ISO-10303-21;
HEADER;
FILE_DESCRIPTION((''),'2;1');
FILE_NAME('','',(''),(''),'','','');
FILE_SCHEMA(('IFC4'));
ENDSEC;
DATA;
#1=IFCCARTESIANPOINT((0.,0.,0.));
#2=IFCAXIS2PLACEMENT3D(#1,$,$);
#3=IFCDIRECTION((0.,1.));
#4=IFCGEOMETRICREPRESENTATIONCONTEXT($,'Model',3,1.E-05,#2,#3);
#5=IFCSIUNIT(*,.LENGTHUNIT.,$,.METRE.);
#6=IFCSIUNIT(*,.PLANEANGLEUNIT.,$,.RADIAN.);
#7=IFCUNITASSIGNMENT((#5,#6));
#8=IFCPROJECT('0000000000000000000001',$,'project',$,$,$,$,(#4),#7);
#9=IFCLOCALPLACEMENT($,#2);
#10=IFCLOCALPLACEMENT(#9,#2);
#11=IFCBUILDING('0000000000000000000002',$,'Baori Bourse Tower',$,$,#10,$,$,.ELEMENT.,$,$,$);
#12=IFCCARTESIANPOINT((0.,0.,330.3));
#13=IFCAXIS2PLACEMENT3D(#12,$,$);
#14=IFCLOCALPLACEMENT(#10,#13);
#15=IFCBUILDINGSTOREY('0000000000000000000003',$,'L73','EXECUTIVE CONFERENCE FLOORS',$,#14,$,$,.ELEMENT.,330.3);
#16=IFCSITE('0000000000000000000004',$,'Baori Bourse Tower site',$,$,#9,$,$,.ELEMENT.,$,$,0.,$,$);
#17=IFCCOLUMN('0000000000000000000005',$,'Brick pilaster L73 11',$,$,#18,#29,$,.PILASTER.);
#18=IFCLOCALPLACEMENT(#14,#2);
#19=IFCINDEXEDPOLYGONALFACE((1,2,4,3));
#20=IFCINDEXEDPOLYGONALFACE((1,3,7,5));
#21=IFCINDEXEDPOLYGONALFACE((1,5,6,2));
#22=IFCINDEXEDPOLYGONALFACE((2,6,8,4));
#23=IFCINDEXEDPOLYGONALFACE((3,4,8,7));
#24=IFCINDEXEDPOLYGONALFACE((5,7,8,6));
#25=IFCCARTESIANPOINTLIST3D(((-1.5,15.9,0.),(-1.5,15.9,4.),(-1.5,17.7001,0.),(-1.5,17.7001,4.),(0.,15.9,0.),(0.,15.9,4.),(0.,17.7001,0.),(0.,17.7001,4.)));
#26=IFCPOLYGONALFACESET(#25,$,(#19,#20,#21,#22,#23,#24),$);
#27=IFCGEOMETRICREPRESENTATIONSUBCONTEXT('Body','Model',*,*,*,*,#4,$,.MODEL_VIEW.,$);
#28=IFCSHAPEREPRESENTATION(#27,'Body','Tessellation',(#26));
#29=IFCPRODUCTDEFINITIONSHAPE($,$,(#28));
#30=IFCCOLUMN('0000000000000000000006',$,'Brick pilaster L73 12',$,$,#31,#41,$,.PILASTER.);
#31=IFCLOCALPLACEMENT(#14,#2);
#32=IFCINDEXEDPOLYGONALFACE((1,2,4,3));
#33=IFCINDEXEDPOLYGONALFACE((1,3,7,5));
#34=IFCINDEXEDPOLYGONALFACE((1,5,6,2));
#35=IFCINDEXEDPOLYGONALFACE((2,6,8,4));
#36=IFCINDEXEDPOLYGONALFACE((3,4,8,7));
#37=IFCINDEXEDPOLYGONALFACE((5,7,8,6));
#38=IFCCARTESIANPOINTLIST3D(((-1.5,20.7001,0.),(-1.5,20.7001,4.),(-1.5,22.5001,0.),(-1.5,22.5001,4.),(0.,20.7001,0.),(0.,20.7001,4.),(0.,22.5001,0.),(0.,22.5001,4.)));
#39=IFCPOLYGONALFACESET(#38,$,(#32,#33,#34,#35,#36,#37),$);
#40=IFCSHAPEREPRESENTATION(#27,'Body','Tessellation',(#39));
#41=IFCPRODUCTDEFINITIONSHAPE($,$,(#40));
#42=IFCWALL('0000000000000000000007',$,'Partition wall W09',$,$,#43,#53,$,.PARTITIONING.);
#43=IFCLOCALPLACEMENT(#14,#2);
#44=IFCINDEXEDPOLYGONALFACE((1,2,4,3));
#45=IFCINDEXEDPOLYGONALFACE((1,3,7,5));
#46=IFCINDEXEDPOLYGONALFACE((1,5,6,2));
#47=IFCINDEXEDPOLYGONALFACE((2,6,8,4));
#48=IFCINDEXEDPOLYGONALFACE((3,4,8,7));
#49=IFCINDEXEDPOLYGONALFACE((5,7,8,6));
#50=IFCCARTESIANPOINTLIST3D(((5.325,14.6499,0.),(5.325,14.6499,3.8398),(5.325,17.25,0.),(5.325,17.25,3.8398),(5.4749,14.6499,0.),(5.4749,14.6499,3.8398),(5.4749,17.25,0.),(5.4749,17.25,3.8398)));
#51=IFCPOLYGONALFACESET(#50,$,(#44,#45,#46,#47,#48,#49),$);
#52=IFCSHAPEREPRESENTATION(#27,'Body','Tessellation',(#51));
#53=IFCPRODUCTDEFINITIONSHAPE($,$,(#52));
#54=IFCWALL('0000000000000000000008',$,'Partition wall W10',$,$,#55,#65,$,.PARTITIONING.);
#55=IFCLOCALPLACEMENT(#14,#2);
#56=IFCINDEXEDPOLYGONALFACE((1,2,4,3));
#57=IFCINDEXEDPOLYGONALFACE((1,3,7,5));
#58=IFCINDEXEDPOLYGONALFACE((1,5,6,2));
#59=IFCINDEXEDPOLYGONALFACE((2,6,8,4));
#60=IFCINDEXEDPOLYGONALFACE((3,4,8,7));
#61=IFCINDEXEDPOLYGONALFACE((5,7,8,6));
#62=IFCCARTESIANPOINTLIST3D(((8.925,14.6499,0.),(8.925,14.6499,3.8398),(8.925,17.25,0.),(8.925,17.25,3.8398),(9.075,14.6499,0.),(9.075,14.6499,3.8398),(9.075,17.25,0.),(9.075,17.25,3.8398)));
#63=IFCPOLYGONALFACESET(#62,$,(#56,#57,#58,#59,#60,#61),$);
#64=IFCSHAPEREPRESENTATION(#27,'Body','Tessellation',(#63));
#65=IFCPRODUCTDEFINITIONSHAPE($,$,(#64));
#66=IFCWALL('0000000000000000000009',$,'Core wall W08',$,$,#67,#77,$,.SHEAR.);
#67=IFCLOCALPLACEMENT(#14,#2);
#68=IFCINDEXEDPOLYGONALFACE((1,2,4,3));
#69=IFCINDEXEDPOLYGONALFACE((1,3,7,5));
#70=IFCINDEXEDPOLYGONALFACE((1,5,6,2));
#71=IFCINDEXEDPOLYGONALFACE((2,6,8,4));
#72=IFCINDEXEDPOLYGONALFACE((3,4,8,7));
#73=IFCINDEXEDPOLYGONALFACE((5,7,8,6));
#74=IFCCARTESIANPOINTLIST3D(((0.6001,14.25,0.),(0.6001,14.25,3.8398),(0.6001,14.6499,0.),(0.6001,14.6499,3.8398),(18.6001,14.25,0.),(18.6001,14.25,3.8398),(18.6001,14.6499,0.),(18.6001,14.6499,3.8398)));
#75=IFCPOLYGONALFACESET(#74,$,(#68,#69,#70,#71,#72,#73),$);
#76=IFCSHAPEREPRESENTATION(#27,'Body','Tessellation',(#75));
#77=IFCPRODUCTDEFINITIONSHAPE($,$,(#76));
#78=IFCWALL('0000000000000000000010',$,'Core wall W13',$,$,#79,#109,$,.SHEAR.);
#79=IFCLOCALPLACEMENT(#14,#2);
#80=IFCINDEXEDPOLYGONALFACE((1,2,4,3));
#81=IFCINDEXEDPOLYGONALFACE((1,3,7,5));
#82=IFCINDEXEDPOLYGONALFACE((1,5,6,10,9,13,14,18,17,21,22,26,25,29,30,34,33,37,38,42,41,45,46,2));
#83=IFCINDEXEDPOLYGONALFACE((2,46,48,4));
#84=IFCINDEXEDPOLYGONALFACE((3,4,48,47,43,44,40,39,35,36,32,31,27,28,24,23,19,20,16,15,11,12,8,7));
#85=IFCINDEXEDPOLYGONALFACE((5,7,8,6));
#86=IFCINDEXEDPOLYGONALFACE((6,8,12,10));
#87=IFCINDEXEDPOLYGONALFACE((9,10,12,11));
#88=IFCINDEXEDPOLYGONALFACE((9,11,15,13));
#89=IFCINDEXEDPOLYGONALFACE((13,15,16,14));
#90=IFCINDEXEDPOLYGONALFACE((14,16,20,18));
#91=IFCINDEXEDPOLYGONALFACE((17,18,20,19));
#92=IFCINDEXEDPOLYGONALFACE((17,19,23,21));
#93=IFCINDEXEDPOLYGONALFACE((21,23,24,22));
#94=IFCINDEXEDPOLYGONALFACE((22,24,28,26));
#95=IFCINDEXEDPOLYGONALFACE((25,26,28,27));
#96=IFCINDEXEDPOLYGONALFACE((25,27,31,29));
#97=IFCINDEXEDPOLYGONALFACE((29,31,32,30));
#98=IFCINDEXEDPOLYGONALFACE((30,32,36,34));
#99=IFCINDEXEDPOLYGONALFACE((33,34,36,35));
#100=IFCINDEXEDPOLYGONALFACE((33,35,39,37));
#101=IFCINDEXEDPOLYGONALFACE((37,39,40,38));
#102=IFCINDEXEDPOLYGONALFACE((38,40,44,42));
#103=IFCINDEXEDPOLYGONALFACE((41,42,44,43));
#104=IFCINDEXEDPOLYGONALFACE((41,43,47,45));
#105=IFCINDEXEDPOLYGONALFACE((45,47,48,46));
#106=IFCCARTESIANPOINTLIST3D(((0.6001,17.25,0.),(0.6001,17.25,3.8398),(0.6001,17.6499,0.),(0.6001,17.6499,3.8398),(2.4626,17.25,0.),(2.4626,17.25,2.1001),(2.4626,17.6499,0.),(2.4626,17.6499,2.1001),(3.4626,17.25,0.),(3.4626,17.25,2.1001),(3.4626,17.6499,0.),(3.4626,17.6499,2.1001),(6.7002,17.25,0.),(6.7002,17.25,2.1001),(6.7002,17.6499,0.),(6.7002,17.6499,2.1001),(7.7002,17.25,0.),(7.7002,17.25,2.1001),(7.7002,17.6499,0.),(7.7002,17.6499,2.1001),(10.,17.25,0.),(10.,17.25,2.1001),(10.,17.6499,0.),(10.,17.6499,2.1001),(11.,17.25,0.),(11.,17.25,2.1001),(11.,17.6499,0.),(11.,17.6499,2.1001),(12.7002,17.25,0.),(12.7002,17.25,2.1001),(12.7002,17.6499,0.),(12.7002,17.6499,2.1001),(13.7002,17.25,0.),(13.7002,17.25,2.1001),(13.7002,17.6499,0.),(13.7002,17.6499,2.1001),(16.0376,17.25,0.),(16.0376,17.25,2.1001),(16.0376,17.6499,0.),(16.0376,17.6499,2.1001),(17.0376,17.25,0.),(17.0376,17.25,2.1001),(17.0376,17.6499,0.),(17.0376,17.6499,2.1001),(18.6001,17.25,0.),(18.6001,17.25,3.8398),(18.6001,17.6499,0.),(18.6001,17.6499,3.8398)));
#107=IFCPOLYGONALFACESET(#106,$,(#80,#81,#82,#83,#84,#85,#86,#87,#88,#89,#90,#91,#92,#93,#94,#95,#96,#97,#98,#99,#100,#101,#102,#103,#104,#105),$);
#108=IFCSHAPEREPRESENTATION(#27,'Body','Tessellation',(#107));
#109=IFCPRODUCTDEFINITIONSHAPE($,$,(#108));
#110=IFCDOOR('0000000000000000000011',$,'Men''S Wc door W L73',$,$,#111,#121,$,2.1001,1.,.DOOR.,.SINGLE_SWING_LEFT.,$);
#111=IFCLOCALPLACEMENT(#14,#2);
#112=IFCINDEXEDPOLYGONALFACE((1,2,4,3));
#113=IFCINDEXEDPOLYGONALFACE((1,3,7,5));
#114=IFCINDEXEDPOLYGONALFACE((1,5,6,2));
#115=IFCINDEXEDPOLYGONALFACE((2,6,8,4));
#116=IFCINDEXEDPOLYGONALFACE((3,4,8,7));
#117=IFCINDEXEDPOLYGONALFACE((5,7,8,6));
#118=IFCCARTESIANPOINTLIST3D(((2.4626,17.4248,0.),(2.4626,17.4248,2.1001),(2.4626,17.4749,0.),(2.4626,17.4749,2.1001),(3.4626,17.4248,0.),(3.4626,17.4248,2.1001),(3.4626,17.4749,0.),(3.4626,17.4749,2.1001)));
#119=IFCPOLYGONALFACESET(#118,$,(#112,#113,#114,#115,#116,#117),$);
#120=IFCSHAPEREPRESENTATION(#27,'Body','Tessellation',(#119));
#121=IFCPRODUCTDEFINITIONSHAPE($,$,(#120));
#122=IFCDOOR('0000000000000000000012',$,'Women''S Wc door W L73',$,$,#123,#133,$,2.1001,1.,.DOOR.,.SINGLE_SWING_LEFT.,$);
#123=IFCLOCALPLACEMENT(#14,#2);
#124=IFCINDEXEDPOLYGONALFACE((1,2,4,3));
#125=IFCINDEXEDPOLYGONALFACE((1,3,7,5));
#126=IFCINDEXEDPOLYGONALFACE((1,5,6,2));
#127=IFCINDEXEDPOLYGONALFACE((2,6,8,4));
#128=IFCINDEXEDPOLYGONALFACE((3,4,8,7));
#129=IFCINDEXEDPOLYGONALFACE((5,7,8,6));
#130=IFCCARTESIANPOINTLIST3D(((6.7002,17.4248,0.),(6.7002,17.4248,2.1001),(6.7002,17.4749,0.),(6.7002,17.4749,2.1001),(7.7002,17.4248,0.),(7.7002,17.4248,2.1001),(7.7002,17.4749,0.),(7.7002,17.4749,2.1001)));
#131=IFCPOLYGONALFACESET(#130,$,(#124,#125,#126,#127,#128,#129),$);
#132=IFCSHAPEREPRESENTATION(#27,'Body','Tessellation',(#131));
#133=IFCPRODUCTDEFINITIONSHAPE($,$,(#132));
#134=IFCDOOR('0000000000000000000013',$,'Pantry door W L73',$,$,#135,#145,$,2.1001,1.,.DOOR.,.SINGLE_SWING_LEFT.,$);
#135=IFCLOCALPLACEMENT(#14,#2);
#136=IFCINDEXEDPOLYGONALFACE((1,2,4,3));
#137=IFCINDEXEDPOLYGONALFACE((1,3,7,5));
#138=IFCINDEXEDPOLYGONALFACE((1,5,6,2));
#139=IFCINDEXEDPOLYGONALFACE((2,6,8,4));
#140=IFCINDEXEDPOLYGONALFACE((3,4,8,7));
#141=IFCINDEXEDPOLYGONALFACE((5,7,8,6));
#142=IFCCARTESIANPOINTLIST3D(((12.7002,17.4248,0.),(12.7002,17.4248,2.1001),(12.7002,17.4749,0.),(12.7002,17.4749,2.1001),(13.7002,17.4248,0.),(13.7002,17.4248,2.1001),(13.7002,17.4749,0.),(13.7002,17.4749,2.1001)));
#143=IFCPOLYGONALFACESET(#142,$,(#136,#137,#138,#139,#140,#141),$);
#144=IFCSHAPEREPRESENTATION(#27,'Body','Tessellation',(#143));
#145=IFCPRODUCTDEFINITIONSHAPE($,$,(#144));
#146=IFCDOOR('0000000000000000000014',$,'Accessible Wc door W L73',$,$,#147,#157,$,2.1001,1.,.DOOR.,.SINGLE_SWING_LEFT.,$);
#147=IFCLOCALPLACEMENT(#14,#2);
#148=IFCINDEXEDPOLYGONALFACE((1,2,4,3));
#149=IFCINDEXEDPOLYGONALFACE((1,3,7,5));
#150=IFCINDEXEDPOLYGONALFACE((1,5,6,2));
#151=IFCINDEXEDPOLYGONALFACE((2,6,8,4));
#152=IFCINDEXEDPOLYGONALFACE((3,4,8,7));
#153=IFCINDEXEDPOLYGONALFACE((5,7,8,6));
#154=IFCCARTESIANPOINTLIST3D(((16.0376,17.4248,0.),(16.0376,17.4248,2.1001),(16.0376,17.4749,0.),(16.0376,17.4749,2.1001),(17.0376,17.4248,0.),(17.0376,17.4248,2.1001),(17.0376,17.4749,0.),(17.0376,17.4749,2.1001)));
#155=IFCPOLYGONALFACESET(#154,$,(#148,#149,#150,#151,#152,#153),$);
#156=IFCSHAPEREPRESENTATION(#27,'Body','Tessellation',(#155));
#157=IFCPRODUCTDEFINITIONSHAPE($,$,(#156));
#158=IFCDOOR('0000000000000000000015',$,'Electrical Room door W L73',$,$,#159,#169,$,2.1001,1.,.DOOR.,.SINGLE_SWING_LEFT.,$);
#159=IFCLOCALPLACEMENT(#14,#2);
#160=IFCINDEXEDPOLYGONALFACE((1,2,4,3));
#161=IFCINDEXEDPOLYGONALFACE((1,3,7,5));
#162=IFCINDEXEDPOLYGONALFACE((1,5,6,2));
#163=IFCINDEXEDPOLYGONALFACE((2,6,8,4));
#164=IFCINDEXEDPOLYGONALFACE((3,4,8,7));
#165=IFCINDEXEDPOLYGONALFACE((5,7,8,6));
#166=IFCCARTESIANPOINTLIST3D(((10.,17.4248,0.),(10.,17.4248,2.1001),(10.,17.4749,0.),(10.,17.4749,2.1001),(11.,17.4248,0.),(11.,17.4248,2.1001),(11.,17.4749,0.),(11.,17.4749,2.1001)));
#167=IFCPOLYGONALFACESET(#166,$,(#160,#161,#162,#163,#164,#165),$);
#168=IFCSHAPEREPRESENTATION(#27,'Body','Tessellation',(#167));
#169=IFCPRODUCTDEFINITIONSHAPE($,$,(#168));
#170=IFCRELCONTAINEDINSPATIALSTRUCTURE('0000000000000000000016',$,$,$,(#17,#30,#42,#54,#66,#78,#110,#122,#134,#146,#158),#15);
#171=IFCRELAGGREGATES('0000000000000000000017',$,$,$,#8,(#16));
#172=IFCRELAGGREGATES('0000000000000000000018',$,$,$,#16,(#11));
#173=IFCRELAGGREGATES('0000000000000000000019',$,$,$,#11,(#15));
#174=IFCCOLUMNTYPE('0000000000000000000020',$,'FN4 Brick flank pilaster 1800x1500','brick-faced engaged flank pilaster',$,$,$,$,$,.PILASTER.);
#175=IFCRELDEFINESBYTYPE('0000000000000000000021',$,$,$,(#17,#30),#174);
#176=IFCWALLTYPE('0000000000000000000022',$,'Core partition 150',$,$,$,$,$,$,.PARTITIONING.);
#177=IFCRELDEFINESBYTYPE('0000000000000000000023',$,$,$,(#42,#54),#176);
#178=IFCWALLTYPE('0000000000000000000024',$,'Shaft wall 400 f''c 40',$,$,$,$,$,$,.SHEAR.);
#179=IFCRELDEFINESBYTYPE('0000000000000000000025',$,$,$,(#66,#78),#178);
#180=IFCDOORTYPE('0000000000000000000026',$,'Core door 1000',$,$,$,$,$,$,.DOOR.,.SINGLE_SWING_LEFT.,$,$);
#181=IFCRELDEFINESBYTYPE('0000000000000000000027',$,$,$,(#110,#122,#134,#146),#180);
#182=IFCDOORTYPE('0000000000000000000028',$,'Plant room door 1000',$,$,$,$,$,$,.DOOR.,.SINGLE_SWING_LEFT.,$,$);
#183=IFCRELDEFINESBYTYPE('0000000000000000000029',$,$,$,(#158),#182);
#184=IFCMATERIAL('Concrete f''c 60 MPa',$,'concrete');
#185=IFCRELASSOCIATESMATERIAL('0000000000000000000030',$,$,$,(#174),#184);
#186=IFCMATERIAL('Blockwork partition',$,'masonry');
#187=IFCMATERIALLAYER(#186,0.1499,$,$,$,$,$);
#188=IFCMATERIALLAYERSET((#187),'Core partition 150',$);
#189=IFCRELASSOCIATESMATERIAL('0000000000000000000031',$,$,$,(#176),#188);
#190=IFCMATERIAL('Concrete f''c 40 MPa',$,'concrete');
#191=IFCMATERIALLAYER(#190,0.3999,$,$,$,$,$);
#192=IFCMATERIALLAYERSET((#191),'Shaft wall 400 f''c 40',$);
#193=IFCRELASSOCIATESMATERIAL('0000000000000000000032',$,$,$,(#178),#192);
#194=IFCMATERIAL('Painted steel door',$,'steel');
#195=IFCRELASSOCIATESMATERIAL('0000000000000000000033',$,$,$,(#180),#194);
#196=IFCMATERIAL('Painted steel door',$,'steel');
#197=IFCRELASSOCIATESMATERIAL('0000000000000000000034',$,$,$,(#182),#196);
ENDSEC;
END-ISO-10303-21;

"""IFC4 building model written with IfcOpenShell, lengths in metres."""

from ifc_helpers import new_model, si_unit, direction, frame, frame_2d, origin, origin_2d, place, context, subcontext, project, spatial, rectangle, extrude, material, layer, layer_set, material_profile, profile_set, type_object, element, fill, save


model = new_model("IFC4")

# Units and contexts
model_context = context("Model", 3, precision=1e-05, world=origin(), true_north=direction((0.0, 1.0)))
body_context = subcontext(model_context, "Body", "Model", "MODEL_VIEW")
ifc_project = project(units=[si_unit("LENGTHUNIT", "METRE"), si_unit("PLANEANGLEUNIT", "RADIAN")], contexts=[model_context])

# Site, building, storey
site_placement = place(None, origin())
site = spatial("IfcSite", under=ifc_project, at=site_placement, Name="Baori Bourse Tower site", CompositionType="ELEMENT", RefElevation=0.0)
building_placement = place(site_placement, origin())
building = spatial("IfcBuilding", under=site, at=building_placement, Name="Baori Bourse Tower", CompositionType="ELEMENT")
storey_placement = place(building_placement, frame((0.0, 0.0, 330.3)))
storey = spatial("IfcBuildingStorey", under=building, at=storey_placement, Name="L73", Description="EXECUTIVE CONFERENCE FLOORS", CompositionType="ELEMENT", Elevation=330.3)

# Columns
ifc_material_1 = material(Name="Concrete f'c 60 MPa", Category="concrete")
ifc_material_profile = material_profile(ifc_material_1, rectangle(XDim=1.8, YDim=1.5, at=origin_2d()), Name="RC 1800x1500")
ifc_profile_set = profile_set([ifc_material_profile], Name="Concrete f'c 60 MPa")
column_type = type_object("IfcColumnType", Name="FN4 Brick flank pilaster 1800x1500", Description="brick-faced engaged flank pilaster", PredefinedType="PILASTER", material=ifc_profile_set)
for number, where, z_axis, x_axis, name in (
    (1, (-0.75, 16.8, 0.0), (0.0, 0.0, 1.0), (0.0, 1.0, 0.0), "Brick pilaster L73 11"),
    (2, (-0.75, 21.6001, 0.0), (0.0, 0.0, 1.0), (0.0, 1.0, 0.0), "Brick pilaster L73 12"),
):
    element("IfcColumn", number, at=place(storey_placement, frame(where, z_axis=z_axis, x_axis=x_axis)), inside=storey, type_object=column_type, Name=name, PredefinedType="PILASTER", context=body_context, shape_type="SweptSolid", body=[
        extrude(rectangle(XDim=1.8, YDim=1.5, at=origin_2d()), origin(), (0.0, 0.0, 1.0), 4.0),
    ])

# Walls
ifc_material_2 = material(Name="Blockwork partition", Category="masonry")
ifc_layer_1 = layer(ifc_material_2, 0.1499)
ifc_layer_set_1 = layer_set([ifc_layer_1], Name="Core partition 150")
wall_type_1 = type_object("IfcWallType", Name="Core partition 150", PredefinedType="PARTITIONING", material=ifc_layer_set_1)
for number, where, z_axis, x_axis, name in (
    (3, (5.3999, 14.6499, 0.0), (0.0, 0.0, 1.0), (0.0, 1.0, 0.0), "Partition wall W09"),
    (4, (9.0, 14.6499, 0.0), (0.0, 0.0, 1.0), (0.0, 1.0, 0.0), "Partition wall W10"),
):
    element("IfcWall", number, at=place(storey_placement, frame(where, z_axis=z_axis, x_axis=x_axis)), inside=storey, type_object=wall_type_1, Name=name, PredefinedType="PARTITIONING", context=body_context, shape_type="SweptSolid", body=[
        extrude(rectangle(XDim=2.6001, YDim=0.1499, at=frame_2d((1.3, 0.0))), origin(), (0.0, 0.0, 1.0), 3.8398),
    ])
ifc_material_3 = material(Name="Concrete f'c 40 MPa", Category="concrete")
ifc_layer_2 = layer(ifc_material_3, 0.3999)
ifc_layer_set_2 = layer_set([ifc_layer_2], Name="Shaft wall 400 f'c 40")
wall_type_2 = type_object("IfcWallType", Name="Shaft wall 400 f'c 40", PredefinedType="SHEAR", material=ifc_layer_set_2)
wall_1_placement = place(storey_placement, frame((0.6001, 14.45, 0.0), z_axis=(0.0, 0.0, 1.0), x_axis=(1.0, 0.0, 0.0)))
element("IfcWall", 5, at=wall_1_placement, inside=storey, type_object=wall_type_2, Name="Core wall W08", PredefinedType="SHEAR", context=body_context, shape_type="SweptSolid", body=[
    extrude(rectangle(XDim=18.0, YDim=0.3999, at=frame_2d((9.0, 0.0))), origin(), (0.0, 0.0, 1.0), 3.8398),
])

# Wall, openings, doors
wall_2_placement = place(storey_placement, frame((0.6001, 17.45, 0.0), z_axis=(0.0, 0.0, 1.0), x_axis=(1.0, 0.0, 0.0)))
wall_2 = element("IfcWall", 6, at=wall_2_placement, inside=storey, type_object=wall_type_2, Name="Core wall W13", PredefinedType="SHEAR", context=body_context, shape_type="SweptSolid", body=[
    extrude(rectangle(XDim=18.0, YDim=0.3999, at=frame_2d((9.0, 0.0))), origin(), (0.0, 0.0, 1.0), 3.8398),
])
opening_1_placement = place(wall_2_placement, frame((1.8625, 0.0, 0.0)))
opening_1 = element("IfcOpeningElement", 7, at=opening_1_placement, cuts=wall_2, PredefinedType="OPENING", context=body_context, shape_type="SweptSolid", body=[
    extrude(rectangle(XDim=1.0, YDim=2.1001, at=frame_2d((0.5, 1.05))), frame((0.0, 0.21, 0.0), z_axis=(0.0, -1.0, 0.0), x_axis=(1.0, 0.0, 0.0)), (0.0, 0.0, 1.0), 0.4199),
])
opening_2_placement = place(wall_2_placement, frame((6.1001, 0.0, 0.0)))
opening_2 = element("IfcOpeningElement", 8, at=opening_2_placement, cuts=wall_2, PredefinedType="OPENING", context=body_context, shape_type="SweptSolid", body=[
    extrude(rectangle(XDim=1.0, YDim=2.1001, at=frame_2d((0.5, 1.05))), frame((0.0, 0.21, 0.0), z_axis=(0.0, -1.0, 0.0), x_axis=(1.0, 0.0, 0.0)), (0.0, 0.0, 1.0), 0.4199),
])
opening_3_placement = place(wall_2_placement, frame((9.3999, 0.0, 0.0)))
opening_3 = element("IfcOpeningElement", 9, at=opening_3_placement, cuts=wall_2, PredefinedType="OPENING", context=body_context, shape_type="SweptSolid", body=[
    extrude(rectangle(XDim=1.0, YDim=2.1001, at=frame_2d((0.5, 1.05))), frame((0.0, 0.21, 0.0), z_axis=(0.0, -1.0, 0.0), x_axis=(1.0, 0.0, 0.0)), (0.0, 0.0, 1.0), 0.4199),
])
opening_4_placement = place(wall_2_placement, frame((12.1001, 0.0, 0.0)))
opening_4 = element("IfcOpeningElement", 10, at=opening_4_placement, cuts=wall_2, PredefinedType="OPENING", context=body_context, shape_type="SweptSolid", body=[
    extrude(rectangle(XDim=1.0, YDim=2.1001, at=frame_2d((0.5, 1.05))), frame((0.0, 0.21, 0.0), z_axis=(0.0, -1.0, 0.0), x_axis=(1.0, 0.0, 0.0)), (0.0, 0.0, 1.0), 0.4199),
])
opening_5_placement = place(wall_2_placement, frame((15.4375, 0.0, 0.0)))
opening_5 = element("IfcOpeningElement", 11, at=opening_5_placement, cuts=wall_2, PredefinedType="OPENING", context=body_context, shape_type="SweptSolid", body=[
    extrude(rectangle(XDim=1.0, YDim=2.1001, at=frame_2d((0.5, 1.05))), frame((0.0, 0.21, 0.0), z_axis=(0.0, -1.0, 0.0), x_axis=(1.0, 0.0, 0.0)), (0.0, 0.0, 1.0), 0.4199),
])
ifc_material_4 = material(Name="Painted steel door", Category="steel")
door_type_1 = type_object("IfcDoorType", Name="Core door 1000", OperationType="SINGLE_SWING_LEFT", PredefinedType="DOOR", material=ifc_material_4)
door_1_placement = place(opening_1_placement, origin())
door_1 = element("IfcDoor", 12, at=door_1_placement, inside=storey, type_object=door_type_1, Name="Men'S Wc door W L73", OperationType="SINGLE_SWING_LEFT", OverallHeight=2.1001, OverallWidth=1.0, PredefinedType="DOOR", context=body_context, shape_type="SweptSolid", body=[
    extrude(rectangle(XDim=1.0, YDim=2.1001, at=frame_2d((0.5, 1.05))), frame((0.0, 0.0249, 0.0), z_axis=(0.0, -1.0, 0.0), x_axis=(1.0, 0.0, 0.0)), (0.0, 0.0, 1.0), 0.05),
])
fill(opening_1, door_1)
door_2_placement = place(opening_2_placement, origin())
door_2 = element("IfcDoor", 13, at=door_2_placement, inside=storey, type_object=door_type_1, Name="Women'S Wc door W L73", OperationType="SINGLE_SWING_LEFT", OverallHeight=2.1001, OverallWidth=1.0, PredefinedType="DOOR", context=body_context, shape_type="SweptSolid", body=[
    extrude(rectangle(XDim=1.0, YDim=2.1001, at=frame_2d((0.5, 1.05))), frame((0.0, 0.0249, 0.0), z_axis=(0.0, -1.0, 0.0), x_axis=(1.0, 0.0, 0.0)), (0.0, 0.0, 1.0), 0.05),
])
fill(opening_2, door_2)
door_3_placement = place(opening_4_placement, origin())
door_3 = element("IfcDoor", 14, at=door_3_placement, inside=storey, type_object=door_type_1, Name="Pantry door W L73", OperationType="SINGLE_SWING_LEFT", OverallHeight=2.1001, OverallWidth=1.0, PredefinedType="DOOR", context=body_context, shape_type="SweptSolid", body=[
    extrude(rectangle(XDim=1.0, YDim=2.1001, at=frame_2d((0.5, 1.05))), frame((0.0, 0.0249, 0.0), z_axis=(0.0, -1.0, 0.0), x_axis=(1.0, 0.0, 0.0)), (0.0, 0.0, 1.0), 0.05),
])
fill(opening_4, door_3)
door_4_placement = place(opening_5_placement, origin())
door_4 = element("IfcDoor", 15, at=door_4_placement, inside=storey, type_object=door_type_1, Name="Accessible Wc door W L73", OperationType="SINGLE_SWING_LEFT", OverallHeight=2.1001, OverallWidth=1.0, PredefinedType="DOOR", context=body_context, shape_type="SweptSolid", body=[
    extrude(rectangle(XDim=1.0, YDim=2.1001, at=frame_2d((0.5, 1.05))), frame((0.0, 0.0249, 0.0), z_axis=(0.0, -1.0, 0.0), x_axis=(1.0, 0.0, 0.0)), (0.0, 0.0, 1.0), 0.05),
])
fill(opening_5, door_4)
ifc_material_5 = material(Name="Painted steel door", Category="steel")
door_type_2 = type_object("IfcDoorType", Name="Plant room door 1000", OperationType="SINGLE_SWING_LEFT", PredefinedType="DOOR", material=ifc_material_5)
door_5_placement = place(opening_3_placement, origin())
door_5 = element("IfcDoor", 16, at=door_5_placement, inside=storey, type_object=door_type_2, Name="Electrical Room door W L73", OperationType="SINGLE_SWING_LEFT", OverallHeight=2.1001, OverallWidth=1.0, PredefinedType="DOOR", context=body_context, shape_type="SweptSolid", body=[
    extrude(rectangle(XDim=1.0, YDim=2.1001, at=frame_2d((0.5, 1.05))), frame((0.0, 0.0249, 0.0), z_axis=(0.0, -1.0, 0.0), x_axis=(1.0, 0.0, 0.0)), (0.0, 0.0, 1.0), 0.05),
])
fill(opening_3, door_5)

save(model, "model.ifc")
